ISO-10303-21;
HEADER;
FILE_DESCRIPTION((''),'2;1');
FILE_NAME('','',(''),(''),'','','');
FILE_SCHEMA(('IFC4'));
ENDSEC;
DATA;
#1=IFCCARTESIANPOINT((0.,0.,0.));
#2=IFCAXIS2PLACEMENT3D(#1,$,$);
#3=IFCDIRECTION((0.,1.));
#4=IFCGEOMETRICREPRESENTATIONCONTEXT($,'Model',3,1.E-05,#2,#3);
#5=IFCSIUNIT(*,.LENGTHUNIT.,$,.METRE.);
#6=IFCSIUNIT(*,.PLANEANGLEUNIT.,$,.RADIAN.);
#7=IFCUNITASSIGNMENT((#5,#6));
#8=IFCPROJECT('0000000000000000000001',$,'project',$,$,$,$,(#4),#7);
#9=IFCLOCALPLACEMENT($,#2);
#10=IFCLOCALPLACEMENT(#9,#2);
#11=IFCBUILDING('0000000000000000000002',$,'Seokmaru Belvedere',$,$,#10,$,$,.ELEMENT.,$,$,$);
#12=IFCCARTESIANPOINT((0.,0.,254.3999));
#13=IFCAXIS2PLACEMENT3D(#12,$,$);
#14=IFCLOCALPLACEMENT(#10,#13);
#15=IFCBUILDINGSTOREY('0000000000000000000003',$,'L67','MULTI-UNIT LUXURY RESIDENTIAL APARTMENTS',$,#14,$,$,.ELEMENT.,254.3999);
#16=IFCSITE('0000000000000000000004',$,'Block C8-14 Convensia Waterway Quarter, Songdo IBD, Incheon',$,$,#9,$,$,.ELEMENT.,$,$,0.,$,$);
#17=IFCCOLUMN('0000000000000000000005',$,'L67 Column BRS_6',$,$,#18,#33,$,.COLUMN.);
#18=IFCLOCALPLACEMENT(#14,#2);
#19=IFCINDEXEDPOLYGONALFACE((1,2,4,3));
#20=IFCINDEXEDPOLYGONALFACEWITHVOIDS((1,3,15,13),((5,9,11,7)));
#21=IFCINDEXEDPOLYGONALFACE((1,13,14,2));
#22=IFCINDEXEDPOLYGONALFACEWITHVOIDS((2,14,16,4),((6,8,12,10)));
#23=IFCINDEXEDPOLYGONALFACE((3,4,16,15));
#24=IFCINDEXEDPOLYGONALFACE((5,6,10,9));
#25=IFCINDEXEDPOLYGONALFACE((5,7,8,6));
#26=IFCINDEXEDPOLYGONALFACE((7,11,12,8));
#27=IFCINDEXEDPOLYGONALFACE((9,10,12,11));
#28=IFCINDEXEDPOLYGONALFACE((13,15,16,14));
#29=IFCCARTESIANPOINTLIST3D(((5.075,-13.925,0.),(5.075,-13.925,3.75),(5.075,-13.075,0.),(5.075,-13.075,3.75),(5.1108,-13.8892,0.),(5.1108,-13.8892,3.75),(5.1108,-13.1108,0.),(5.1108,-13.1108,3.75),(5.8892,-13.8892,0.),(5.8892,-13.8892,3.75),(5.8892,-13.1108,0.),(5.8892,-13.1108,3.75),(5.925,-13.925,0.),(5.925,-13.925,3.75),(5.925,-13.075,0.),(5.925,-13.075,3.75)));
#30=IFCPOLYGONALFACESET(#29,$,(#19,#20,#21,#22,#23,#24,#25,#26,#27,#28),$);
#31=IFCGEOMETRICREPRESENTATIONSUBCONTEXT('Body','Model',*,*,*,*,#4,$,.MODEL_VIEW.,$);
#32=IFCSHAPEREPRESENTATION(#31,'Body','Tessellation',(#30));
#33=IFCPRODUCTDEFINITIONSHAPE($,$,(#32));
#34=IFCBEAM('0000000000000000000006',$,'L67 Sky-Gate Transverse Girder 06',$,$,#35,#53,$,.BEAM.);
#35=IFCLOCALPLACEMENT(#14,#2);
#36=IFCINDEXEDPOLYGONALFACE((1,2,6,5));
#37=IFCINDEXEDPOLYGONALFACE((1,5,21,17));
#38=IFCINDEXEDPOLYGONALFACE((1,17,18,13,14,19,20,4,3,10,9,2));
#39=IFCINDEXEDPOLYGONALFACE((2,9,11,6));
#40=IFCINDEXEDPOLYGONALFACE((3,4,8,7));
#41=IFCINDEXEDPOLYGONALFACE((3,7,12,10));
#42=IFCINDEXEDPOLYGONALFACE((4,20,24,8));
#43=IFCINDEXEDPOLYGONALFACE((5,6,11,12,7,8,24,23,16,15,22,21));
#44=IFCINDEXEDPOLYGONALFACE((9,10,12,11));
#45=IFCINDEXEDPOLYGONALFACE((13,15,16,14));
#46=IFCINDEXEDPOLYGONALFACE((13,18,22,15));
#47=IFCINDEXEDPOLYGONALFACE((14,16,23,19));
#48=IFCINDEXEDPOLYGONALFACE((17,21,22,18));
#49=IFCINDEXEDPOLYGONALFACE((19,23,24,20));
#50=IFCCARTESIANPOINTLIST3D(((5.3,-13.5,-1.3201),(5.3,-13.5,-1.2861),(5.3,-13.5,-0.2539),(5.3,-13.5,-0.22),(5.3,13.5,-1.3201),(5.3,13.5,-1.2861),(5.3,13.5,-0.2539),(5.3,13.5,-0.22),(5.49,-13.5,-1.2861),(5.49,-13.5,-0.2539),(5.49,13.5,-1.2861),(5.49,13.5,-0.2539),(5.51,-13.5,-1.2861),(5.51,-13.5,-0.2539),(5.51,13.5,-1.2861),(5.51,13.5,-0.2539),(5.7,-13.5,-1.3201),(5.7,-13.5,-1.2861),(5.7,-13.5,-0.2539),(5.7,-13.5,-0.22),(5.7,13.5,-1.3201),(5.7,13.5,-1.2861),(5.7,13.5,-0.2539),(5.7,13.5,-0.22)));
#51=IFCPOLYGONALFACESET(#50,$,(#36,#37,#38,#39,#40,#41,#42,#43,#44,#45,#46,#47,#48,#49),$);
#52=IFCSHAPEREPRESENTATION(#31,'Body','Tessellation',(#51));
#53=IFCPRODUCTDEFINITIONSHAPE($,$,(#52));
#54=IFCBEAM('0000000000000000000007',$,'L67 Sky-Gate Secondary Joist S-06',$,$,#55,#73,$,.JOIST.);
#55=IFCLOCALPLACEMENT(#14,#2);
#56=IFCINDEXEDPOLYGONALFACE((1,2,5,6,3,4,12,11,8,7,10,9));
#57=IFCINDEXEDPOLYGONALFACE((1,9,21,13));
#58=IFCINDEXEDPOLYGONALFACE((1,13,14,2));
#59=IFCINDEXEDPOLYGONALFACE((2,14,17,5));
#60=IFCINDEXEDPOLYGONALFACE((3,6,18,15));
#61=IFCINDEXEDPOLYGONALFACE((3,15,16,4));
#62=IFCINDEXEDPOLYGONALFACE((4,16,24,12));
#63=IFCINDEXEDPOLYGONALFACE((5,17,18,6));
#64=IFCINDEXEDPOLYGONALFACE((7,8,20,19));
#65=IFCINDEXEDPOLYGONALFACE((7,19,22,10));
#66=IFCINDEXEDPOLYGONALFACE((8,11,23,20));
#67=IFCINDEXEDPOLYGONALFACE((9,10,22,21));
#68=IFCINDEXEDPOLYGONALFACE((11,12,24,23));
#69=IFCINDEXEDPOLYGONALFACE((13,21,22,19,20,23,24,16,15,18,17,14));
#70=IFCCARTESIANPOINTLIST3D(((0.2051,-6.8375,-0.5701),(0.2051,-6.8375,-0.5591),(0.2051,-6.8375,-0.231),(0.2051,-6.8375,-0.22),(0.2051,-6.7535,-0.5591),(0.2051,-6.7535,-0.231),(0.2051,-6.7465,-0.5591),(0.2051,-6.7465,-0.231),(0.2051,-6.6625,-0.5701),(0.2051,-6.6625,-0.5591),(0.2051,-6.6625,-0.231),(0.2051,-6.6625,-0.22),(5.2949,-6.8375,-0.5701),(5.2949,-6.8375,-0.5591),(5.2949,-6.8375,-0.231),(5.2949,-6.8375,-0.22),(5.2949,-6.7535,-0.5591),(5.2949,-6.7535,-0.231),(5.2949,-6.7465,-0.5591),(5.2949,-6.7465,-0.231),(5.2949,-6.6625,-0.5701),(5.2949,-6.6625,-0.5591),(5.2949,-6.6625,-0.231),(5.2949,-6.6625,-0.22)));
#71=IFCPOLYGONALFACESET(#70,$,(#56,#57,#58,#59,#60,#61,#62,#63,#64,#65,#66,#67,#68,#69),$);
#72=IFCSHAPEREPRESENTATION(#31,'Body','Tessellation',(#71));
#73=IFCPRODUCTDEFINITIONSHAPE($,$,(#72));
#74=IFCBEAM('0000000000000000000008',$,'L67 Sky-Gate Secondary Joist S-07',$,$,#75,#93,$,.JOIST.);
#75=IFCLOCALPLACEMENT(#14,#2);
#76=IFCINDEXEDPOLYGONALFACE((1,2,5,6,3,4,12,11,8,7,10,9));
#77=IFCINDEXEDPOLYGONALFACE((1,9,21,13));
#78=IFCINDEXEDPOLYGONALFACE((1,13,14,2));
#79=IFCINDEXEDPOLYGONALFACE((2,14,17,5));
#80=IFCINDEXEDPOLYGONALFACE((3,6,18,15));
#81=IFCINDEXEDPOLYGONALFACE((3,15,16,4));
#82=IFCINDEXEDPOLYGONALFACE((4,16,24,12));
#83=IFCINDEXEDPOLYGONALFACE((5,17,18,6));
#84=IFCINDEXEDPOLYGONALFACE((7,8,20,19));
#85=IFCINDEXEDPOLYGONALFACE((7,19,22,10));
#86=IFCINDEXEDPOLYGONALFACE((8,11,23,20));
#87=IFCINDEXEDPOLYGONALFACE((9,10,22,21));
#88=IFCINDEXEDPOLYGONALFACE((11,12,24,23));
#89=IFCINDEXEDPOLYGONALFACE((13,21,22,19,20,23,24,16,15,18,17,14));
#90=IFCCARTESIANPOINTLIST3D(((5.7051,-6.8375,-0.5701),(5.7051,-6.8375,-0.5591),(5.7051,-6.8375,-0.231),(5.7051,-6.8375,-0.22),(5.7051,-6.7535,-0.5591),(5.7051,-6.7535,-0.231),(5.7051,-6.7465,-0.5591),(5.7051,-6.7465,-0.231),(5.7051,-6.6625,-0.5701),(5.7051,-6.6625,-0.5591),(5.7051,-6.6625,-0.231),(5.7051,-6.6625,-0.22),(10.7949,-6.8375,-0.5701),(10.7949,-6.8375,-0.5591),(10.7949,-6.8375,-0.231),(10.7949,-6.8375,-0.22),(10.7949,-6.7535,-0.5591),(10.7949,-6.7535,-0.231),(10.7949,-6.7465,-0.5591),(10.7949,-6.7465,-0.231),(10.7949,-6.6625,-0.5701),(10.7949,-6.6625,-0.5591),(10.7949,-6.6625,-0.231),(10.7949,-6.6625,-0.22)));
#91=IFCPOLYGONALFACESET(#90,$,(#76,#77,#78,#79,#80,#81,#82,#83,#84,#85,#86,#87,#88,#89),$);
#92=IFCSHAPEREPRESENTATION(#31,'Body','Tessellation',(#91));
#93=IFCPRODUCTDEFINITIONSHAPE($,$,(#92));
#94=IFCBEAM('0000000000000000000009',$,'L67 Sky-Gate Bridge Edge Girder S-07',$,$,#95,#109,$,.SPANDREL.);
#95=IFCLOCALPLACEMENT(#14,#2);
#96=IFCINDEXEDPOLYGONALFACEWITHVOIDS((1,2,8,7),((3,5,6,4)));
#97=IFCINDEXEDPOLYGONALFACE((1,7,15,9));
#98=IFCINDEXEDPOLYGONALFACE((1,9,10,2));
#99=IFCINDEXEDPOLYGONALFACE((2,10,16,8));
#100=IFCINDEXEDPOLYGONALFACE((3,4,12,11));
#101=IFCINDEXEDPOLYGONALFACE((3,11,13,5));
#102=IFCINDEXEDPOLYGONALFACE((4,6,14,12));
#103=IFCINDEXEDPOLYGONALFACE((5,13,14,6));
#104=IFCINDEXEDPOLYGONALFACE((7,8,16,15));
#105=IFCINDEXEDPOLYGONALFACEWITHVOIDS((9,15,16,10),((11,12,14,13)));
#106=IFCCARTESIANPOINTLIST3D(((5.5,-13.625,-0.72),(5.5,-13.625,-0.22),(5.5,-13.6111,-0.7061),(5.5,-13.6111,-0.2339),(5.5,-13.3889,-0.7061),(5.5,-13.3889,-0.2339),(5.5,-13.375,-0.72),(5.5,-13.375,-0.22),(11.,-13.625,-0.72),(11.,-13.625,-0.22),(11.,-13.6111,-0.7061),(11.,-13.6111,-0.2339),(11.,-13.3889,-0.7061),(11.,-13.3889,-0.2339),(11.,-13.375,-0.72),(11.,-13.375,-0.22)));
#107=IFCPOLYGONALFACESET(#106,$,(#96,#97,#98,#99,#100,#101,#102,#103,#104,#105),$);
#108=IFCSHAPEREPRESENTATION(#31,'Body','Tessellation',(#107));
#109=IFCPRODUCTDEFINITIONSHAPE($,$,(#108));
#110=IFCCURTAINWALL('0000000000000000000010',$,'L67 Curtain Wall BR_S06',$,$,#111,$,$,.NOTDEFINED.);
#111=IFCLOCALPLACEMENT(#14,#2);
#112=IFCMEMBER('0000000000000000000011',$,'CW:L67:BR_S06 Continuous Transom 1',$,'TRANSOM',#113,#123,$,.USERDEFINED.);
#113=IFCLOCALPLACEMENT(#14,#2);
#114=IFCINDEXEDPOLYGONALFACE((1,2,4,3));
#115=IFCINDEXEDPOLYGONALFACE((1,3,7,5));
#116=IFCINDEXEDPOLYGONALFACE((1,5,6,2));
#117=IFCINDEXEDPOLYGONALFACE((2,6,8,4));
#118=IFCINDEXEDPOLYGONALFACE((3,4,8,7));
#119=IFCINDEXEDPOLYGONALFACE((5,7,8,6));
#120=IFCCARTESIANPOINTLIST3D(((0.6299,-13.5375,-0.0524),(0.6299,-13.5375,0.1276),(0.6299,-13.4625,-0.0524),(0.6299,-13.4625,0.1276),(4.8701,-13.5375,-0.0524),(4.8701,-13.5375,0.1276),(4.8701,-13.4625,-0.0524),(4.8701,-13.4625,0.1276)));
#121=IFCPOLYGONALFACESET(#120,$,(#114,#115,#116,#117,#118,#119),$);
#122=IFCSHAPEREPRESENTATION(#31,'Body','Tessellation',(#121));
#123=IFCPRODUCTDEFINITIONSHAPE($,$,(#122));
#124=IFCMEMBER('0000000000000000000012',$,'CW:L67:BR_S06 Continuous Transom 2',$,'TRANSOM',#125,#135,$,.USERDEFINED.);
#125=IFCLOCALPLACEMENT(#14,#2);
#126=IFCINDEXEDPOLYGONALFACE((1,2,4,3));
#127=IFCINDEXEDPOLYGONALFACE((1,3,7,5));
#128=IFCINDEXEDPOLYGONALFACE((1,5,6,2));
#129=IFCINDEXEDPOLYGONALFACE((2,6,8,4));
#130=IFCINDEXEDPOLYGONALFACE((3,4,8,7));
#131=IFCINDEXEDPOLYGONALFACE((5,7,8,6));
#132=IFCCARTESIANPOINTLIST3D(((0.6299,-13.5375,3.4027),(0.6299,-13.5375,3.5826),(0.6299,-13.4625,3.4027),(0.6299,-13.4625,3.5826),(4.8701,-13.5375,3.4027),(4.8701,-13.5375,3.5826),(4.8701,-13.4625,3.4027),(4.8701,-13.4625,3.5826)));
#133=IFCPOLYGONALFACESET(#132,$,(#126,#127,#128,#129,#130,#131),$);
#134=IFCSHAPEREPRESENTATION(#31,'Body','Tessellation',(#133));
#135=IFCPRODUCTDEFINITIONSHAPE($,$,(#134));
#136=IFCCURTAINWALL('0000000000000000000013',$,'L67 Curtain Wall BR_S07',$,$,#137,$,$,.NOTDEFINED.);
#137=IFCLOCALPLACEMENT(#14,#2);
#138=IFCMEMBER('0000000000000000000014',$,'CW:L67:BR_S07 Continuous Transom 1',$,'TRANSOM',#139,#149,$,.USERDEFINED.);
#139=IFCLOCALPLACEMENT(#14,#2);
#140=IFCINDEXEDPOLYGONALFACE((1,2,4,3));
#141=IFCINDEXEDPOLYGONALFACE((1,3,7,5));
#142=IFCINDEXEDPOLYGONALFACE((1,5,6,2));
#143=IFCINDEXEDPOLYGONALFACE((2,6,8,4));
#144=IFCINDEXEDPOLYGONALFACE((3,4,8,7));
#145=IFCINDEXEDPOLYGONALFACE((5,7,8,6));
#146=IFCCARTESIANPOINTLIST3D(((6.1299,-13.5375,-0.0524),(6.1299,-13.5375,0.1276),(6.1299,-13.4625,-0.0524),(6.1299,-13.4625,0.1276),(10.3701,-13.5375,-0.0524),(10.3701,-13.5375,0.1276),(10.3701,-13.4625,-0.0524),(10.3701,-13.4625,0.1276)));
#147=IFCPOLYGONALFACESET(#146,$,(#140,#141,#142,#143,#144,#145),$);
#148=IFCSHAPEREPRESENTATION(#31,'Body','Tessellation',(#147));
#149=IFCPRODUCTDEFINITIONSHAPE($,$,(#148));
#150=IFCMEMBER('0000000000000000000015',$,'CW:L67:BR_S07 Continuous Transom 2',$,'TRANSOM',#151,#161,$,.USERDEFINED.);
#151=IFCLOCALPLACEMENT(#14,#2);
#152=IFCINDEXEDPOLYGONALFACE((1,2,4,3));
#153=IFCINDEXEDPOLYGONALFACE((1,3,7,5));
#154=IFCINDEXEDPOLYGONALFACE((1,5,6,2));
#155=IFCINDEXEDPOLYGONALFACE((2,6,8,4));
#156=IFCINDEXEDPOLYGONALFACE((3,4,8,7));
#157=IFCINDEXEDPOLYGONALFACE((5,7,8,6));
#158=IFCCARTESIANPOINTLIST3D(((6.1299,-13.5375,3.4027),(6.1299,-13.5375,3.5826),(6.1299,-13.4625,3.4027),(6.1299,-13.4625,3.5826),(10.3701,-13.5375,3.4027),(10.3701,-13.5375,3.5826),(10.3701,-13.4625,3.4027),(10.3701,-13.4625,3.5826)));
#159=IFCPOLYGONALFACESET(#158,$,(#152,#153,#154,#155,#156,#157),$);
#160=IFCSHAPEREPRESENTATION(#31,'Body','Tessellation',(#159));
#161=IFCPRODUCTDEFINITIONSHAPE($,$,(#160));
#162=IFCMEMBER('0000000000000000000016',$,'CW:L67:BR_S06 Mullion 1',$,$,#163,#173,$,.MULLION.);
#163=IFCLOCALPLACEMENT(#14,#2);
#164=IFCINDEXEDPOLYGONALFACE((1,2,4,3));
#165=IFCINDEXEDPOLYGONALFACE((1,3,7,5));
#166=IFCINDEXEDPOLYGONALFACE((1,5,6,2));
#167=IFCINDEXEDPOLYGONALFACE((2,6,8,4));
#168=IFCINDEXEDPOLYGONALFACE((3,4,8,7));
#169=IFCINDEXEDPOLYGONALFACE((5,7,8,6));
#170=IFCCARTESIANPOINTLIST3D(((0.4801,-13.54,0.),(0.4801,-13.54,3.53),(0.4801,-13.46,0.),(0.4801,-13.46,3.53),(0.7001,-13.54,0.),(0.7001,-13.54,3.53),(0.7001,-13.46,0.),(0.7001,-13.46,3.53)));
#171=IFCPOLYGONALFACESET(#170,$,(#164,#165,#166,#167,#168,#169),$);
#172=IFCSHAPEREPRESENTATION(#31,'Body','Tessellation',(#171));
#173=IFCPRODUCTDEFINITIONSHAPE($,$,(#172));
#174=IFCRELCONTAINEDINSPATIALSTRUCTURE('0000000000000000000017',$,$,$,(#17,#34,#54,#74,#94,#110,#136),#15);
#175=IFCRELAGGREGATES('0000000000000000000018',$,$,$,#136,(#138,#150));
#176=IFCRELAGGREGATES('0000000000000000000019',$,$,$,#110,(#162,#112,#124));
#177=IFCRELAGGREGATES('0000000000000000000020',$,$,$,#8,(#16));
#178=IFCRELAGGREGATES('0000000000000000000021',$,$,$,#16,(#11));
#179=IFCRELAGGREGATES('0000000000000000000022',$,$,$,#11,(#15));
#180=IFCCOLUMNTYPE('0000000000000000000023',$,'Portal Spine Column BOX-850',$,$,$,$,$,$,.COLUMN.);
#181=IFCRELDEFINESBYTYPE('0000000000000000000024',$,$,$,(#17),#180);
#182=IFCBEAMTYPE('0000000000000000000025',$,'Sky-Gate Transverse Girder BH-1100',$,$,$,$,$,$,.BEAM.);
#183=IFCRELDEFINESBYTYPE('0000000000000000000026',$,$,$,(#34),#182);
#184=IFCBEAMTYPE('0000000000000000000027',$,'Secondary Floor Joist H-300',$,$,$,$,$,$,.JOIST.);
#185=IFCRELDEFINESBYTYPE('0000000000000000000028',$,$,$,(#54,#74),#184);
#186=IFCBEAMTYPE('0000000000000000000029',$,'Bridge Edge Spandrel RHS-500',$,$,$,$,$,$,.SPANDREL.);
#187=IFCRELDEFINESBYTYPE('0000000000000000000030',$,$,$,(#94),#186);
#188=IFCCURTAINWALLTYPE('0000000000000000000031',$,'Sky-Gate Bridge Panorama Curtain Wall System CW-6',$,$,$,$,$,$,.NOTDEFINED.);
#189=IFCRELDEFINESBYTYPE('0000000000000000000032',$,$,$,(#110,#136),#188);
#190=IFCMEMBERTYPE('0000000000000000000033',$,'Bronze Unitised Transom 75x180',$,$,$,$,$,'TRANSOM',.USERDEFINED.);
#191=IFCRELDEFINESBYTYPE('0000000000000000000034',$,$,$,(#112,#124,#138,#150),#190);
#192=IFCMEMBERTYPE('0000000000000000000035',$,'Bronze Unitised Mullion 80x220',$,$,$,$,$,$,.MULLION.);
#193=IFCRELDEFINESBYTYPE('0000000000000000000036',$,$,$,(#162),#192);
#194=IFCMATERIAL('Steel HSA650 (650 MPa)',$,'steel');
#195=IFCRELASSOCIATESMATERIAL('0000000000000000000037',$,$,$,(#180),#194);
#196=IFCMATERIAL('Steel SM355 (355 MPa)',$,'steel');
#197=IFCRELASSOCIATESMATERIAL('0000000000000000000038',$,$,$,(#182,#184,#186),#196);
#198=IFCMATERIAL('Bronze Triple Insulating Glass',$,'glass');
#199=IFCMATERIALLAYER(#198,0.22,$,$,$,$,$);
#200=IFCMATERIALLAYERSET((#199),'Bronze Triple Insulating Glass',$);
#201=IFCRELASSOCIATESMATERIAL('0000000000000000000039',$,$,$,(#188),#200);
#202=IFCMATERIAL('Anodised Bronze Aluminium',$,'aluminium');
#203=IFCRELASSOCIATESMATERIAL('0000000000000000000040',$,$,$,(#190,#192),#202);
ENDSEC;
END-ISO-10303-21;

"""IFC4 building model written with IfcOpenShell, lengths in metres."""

from ifc_helpers import new_model, si_unit, direction, frame, origin, origin_2d, place, context, subcontext, project, spatial, rectangle, hollow_rectangle, i_section, extrude, source, transform, mapped, material, layer, layer_set, material_profile, profile_set, type_object, type_shapes, element, aggregate, save


model = new_model("IFC4")

# Units and contexts
model_context = context("Model", 3, precision=1e-05, world=origin(), true_north=direction((0.0, 1.0)))
body_context = subcontext(model_context, "Body", "Model", "MODEL_VIEW")
ifc_project = project(units=[si_unit("LENGTHUNIT", "METRE"), si_unit("PLANEANGLEUNIT", "RADIAN")], contexts=[model_context])

# Site, building, storey
site_placement = place(None, origin())
site = spatial("IfcSite", under=ifc_project, at=site_placement, Name="Block C8-14 Convensia Waterway Quarter, Songdo IBD, Incheon", CompositionType="ELEMENT", RefElevation=0.0)
building_placement = place(site_placement, origin())
building = spatial("IfcBuilding", under=site, at=building_placement, Name="Seokmaru Belvedere", CompositionType="ELEMENT")
storey_placement = place(building_placement, frame((0.0, 0.0, 254.3999)))
storey = spatial("IfcBuildingStorey", under=building, at=storey_placement, Name="L67", Description="MULTI-UNIT LUXURY RESIDENTIAL APARTMENTS", CompositionType="ELEMENT", Elevation=254.3999)

# Column
ifc_material_1 = material(Name="Steel HSA650 (650 MPa)", Category="steel")
ifc_material_profile_1 = material_profile(ifc_material_1, hollow_rectangle(XDim=0.8501, YDim=0.8501, WallThickness=0.0359, at=origin_2d()), Name="BOX-850x850x36")
ifc_profile_set_1 = profile_set([ifc_material_profile_1], Name="Steel HSA650 (650 MPa)")
column_type = type_object("IfcColumnType", Name="Portal Spine Column BOX-850", PredefinedType="COLUMN", material=ifc_profile_set_1)
shared_shape_1 = source(origin(), body_context, "Body", "SweptSolid", [
    extrude(hollow_rectangle(XDim=0.8501, YDim=0.8501, WallThickness=0.0359, at=origin_2d()), origin(), (0.0, 0.0, 1.0), 3.75),
])
type_shapes(column_type, [shared_shape_1])
column_placement = place(storey_placement, frame((5.5, -13.5, 0.0), z_axis=(0.0, 0.0, 1.0), x_axis=(1.0, 0.0, 0.0)))
element("IfcColumn", 1, at=column_placement, inside=storey, type_object=column_type, Name="L67 Column BRS_6", PredefinedType="COLUMN", context=body_context, shape_type="MappedRepresentation", body=[
    mapped(shared_shape_1, transform((0.0, 0.0, 0.0), scale=1.0)),
])

# Beams
ifc_material_2 = material(Name="Steel SM355 (355 MPa)", Category="steel")
ifc_material_profile_2 = material_profile(ifc_material_2, i_section(OverallWidth=0.3999, OverallDepth=1.1001, WebThickness=0.02, FlangeThickness=0.0339, at=origin_2d()), Name="BH-1100x400x20x34")
ifc_profile_set_2 = profile_set([ifc_material_profile_2], Name="Steel SM355 (355 MPa)")
beam_type_1 = type_object("IfcBeamType", Name="Sky-Gate Transverse Girder BH-1100", PredefinedType="BEAM", material=ifc_profile_set_2)
shared_shape_2 = source(origin(), body_context, "Body", "SweptSolid", [
    extrude(i_section(OverallWidth=0.3999, OverallDepth=1.1001, WebThickness=0.02, FlangeThickness=0.0339, at=origin_2d()), origin(), (0.0, 0.0, 1.0), 27.0),
])
type_shapes(beam_type_1, [shared_shape_2])
beam_1_placement = place(storey_placement, frame((5.5, -13.5, -0.77), z_axis=(0.0, 1.0, 0.0), x_axis=(-1.0, 0.0, 0.0)))
element("IfcBeam", 2, at=beam_1_placement, inside=storey, type_object=beam_type_1, Name="L67 Sky-Gate Transverse Girder 06", PredefinedType="BEAM", context=body_context, shape_type="MappedRepresentation", body=[
    mapped(shared_shape_2, transform((0.0, 0.0, 0.0), scale=1.0)),
])
ifc_material_profile_3 = material_profile(ifc_material_2, i_section(OverallWidth=0.175, OverallDepth=0.3501, WebThickness=0.0071, FlangeThickness=0.011, at=origin_2d()), Name="H-350x175x7x11")
ifc_profile_set_3 = profile_set([ifc_material_profile_3], Name="Steel SM355 (355 MPa)")
beam_type_2 = type_object("IfcBeamType", Name="Secondary Floor Joist H-300", PredefinedType="JOIST", material=ifc_profile_set_3)
shared_shape_3 = source(origin(), body_context, "Body", "SweptSolid", [
    extrude(i_section(OverallWidth=0.175, OverallDepth=0.3501, WebThickness=0.0071, FlangeThickness=0.011, at=origin_2d()), origin(), (0.0, 0.0, 1.0), 5.0898),
])
type_shapes(beam_type_2, [shared_shape_3])
for number, where, z_axis, x_axis, name in (
    (3, (0.2051, -6.75, -0.395), (1.0, 0.0, 0.0), (0.0, 1.0, 0.0), "L67 Sky-Gate Secondary Joist S-06"),
    (4, (5.7051, -6.75, -0.395), (1.0, 0.0, 0.0), (0.0, 1.0, 0.0), "L67 Sky-Gate Secondary Joist S-07"),
):
    element("IfcBeam", number, at=place(storey_placement, frame(where, z_axis=z_axis, x_axis=x_axis)), inside=storey, type_object=beam_type_2, Name=name, PredefinedType="JOIST", context=body_context, shape_type="MappedRepresentation", body=[
        mapped(shared_shape_3, transform((0.0, 0.0, 0.0), scale=1.0)),
    ])
ifc_material_profile_4 = material_profile(ifc_material_2, hollow_rectangle(XDim=0.25, YDim=0.5, WallThickness=0.0139, at=origin_2d()), Name="RHS-500x250x14")
ifc_profile_set_4 = profile_set([ifc_material_profile_4], Name="Steel SM355 (355 MPa)")
beam_type_3 = type_object("IfcBeamType", Name="Bridge Edge Spandrel RHS-500", PredefinedType="SPANDREL", material=ifc_profile_set_4)
shared_shape_4 = source(origin(), body_context, "Body", "SweptSolid", [
    extrude(hollow_rectangle(XDim=0.25, YDim=0.5, WallThickness=0.0139, at=origin_2d()), origin(), (0.0, 0.0, 1.0), 5.5),
])
type_shapes(beam_type_3, [shared_shape_4])
beam_2_placement = place(storey_placement, frame((5.5, -13.5, -0.47), z_axis=(1.0, 0.0, 0.0), x_axis=(0.0, 1.0, 0.0)))
element("IfcBeam", 5, at=beam_2_placement, inside=storey, type_object=beam_type_3, Name="L67 Sky-Gate Bridge Edge Girder S-07", PredefinedType="SPANDREL", context=body_context, shape_type="MappedRepresentation", body=[
    mapped(shared_shape_4, transform((0.0, 0.0, 0.0), scale=1.0)),
])

# Curtain walls, members
ifc_material_3 = material(Name="Bronze Triple Insulating Glass", Category="glass")
ifc_layer_1 = layer(ifc_material_3, 0.22)
ifc_layer_set_1 = layer_set([ifc_layer_1], Name="Bronze Triple Insulating Glass")
curtain_wall_type = type_object("IfcCurtainWallType", Name="Sky-Gate Bridge Panorama Curtain Wall System CW-6", PredefinedType="NOTDEFINED", material=ifc_layer_set_1)
curtain_wall_1_placement = place(storey_placement, origin())
curtain_wall_1 = element("IfcCurtainWall", 6, at=curtain_wall_1_placement, inside=storey, type_object=curtain_wall_type, Name="L67 Curtain Wall BR_S06", PredefinedType="NOTDEFINED")
ifc_material_4 = material(Name="Anodised Bronze Aluminium", Category="aluminium")
ifc_material_profile_5 = material_profile(ifc_material_4, rectangle(XDim=0.075, YDim=0.1799, at=origin_2d()), Name="CW-T-75x180")
ifc_profile_set_5 = profile_set([ifc_material_profile_5], Name="Anodised Bronze Aluminium")
member_type_1 = type_object("IfcMemberType", Name="Bronze Unitised Transom 75x180", ElementType="TRANSOM", PredefinedType="USERDEFINED", material=ifc_profile_set_5)
shared_shape_5 = source(origin(), body_context, "Body", "SweptSolid", [
    extrude(rectangle(XDim=0.075, YDim=0.1799, at=origin_2d()), origin(), (0.0, 0.0, 1.0), 4.2402),
])
type_shapes(member_type_1, [shared_shape_5])
member_1_placement = place(storey_placement, frame((0.6299, -13.5, 0.0376), z_axis=(1.0, 0.0, 0.0), x_axis=(0.0, 1.0, 0.0)))
member_1 = element("IfcMember", 7, at=member_1_placement, type_object=member_type_1, Name="CW:L67:BR_S06 Continuous Transom 1", ObjectType="TRANSOM", PredefinedType="USERDEFINED", context=body_context, shape_type="MappedRepresentation", body=[
    mapped(shared_shape_5, transform((0.0, 0.0, 0.0), scale=1.0)),
])
member_2_placement = place(storey_placement, frame((0.6299, -13.5, 3.4927), z_axis=(1.0, 0.0, 0.0), x_axis=(0.0, 1.0, 0.0)))
member_2 = element("IfcMember", 8, at=member_2_placement, type_object=member_type_1, Name="CW:L67:BR_S06 Continuous Transom 2", ObjectType="TRANSOM", PredefinedType="USERDEFINED", context=body_context, shape_type="MappedRepresentation", body=[
    mapped(shared_shape_5, transform((0.0, 0.0, 0.0), scale=1.0)),
])
curtain_wall_2_placement = place(storey_placement, origin())
curtain_wall_2 = element("IfcCurtainWall", 9, at=curtain_wall_2_placement, inside=storey, type_object=curtain_wall_type, Name="L67 Curtain Wall BR_S07", PredefinedType="NOTDEFINED")
member_3_placement = place(storey_placement, frame((6.1299, -13.5, 0.0376), z_axis=(1.0, 0.0, 0.0), x_axis=(0.0, 1.0, 0.0)))
member_3 = element("IfcMember", 10, at=member_3_placement, type_object=member_type_1, Name="CW:L67:BR_S07 Continuous Transom 1", ObjectType="TRANSOM", PredefinedType="USERDEFINED", context=body_context, shape_type="MappedRepresentation", body=[
    mapped(shared_shape_5, transform((0.0, 0.0, 0.0), scale=1.0)),
])
member_4_placement = place(storey_placement, frame((6.1299, -13.5, 3.4927), z_axis=(1.0, 0.0, 0.0), x_axis=(0.0, 1.0, 0.0)))
member_4 = element("IfcMember", 11, at=member_4_placement, type_object=member_type_1, Name="CW:L67:BR_S07 Continuous Transom 2", ObjectType="TRANSOM", PredefinedType="USERDEFINED", context=body_context, shape_type="MappedRepresentation", body=[
    mapped(shared_shape_5, transform((0.0, 0.0, 0.0), scale=1.0)),
])

# Member
ifc_material_profile_6 = material_profile(ifc_material_4, rectangle(XDim=0.0801, YDim=0.22, at=origin_2d()), Name="CW-M-80x220")
ifc_profile_set_6 = profile_set([ifc_material_profile_6], Name="Anodised Bronze Aluminium")
member_type_2 = type_object("IfcMemberType", Name="Bronze Unitised Mullion 80x220", PredefinedType="MULLION", material=ifc_profile_set_6)
shared_shape_6 = source(origin(), body_context, "Body", "SweptSolid", [
    extrude(rectangle(XDim=0.0801, YDim=0.22, at=origin_2d()), origin(), (0.0, 0.0, 1.0), 3.53),
])
type_shapes(member_type_2, [shared_shape_6])
member_5_placement = place(storey_placement, frame((0.5901, -13.5, 0.0), z_axis=(0.0, 0.0, 1.0), x_axis=(0.0, 1.0, 0.0)))
member_5 = element("IfcMember", 12, at=member_5_placement, type_object=member_type_2, Name="CW:L67:BR_S06 Mullion 1", PredefinedType="MULLION", context=body_context, shape_type="MappedRepresentation", body=[
    mapped(shared_shape_6, transform((0.0, 0.0, 0.0), scale=1.0)),
])
aggregate(curtain_wall_2, [member_3, member_4])

aggregate(curtain_wall_1, [member_5, member_1, member_2])

save(model, "model.ifc")
